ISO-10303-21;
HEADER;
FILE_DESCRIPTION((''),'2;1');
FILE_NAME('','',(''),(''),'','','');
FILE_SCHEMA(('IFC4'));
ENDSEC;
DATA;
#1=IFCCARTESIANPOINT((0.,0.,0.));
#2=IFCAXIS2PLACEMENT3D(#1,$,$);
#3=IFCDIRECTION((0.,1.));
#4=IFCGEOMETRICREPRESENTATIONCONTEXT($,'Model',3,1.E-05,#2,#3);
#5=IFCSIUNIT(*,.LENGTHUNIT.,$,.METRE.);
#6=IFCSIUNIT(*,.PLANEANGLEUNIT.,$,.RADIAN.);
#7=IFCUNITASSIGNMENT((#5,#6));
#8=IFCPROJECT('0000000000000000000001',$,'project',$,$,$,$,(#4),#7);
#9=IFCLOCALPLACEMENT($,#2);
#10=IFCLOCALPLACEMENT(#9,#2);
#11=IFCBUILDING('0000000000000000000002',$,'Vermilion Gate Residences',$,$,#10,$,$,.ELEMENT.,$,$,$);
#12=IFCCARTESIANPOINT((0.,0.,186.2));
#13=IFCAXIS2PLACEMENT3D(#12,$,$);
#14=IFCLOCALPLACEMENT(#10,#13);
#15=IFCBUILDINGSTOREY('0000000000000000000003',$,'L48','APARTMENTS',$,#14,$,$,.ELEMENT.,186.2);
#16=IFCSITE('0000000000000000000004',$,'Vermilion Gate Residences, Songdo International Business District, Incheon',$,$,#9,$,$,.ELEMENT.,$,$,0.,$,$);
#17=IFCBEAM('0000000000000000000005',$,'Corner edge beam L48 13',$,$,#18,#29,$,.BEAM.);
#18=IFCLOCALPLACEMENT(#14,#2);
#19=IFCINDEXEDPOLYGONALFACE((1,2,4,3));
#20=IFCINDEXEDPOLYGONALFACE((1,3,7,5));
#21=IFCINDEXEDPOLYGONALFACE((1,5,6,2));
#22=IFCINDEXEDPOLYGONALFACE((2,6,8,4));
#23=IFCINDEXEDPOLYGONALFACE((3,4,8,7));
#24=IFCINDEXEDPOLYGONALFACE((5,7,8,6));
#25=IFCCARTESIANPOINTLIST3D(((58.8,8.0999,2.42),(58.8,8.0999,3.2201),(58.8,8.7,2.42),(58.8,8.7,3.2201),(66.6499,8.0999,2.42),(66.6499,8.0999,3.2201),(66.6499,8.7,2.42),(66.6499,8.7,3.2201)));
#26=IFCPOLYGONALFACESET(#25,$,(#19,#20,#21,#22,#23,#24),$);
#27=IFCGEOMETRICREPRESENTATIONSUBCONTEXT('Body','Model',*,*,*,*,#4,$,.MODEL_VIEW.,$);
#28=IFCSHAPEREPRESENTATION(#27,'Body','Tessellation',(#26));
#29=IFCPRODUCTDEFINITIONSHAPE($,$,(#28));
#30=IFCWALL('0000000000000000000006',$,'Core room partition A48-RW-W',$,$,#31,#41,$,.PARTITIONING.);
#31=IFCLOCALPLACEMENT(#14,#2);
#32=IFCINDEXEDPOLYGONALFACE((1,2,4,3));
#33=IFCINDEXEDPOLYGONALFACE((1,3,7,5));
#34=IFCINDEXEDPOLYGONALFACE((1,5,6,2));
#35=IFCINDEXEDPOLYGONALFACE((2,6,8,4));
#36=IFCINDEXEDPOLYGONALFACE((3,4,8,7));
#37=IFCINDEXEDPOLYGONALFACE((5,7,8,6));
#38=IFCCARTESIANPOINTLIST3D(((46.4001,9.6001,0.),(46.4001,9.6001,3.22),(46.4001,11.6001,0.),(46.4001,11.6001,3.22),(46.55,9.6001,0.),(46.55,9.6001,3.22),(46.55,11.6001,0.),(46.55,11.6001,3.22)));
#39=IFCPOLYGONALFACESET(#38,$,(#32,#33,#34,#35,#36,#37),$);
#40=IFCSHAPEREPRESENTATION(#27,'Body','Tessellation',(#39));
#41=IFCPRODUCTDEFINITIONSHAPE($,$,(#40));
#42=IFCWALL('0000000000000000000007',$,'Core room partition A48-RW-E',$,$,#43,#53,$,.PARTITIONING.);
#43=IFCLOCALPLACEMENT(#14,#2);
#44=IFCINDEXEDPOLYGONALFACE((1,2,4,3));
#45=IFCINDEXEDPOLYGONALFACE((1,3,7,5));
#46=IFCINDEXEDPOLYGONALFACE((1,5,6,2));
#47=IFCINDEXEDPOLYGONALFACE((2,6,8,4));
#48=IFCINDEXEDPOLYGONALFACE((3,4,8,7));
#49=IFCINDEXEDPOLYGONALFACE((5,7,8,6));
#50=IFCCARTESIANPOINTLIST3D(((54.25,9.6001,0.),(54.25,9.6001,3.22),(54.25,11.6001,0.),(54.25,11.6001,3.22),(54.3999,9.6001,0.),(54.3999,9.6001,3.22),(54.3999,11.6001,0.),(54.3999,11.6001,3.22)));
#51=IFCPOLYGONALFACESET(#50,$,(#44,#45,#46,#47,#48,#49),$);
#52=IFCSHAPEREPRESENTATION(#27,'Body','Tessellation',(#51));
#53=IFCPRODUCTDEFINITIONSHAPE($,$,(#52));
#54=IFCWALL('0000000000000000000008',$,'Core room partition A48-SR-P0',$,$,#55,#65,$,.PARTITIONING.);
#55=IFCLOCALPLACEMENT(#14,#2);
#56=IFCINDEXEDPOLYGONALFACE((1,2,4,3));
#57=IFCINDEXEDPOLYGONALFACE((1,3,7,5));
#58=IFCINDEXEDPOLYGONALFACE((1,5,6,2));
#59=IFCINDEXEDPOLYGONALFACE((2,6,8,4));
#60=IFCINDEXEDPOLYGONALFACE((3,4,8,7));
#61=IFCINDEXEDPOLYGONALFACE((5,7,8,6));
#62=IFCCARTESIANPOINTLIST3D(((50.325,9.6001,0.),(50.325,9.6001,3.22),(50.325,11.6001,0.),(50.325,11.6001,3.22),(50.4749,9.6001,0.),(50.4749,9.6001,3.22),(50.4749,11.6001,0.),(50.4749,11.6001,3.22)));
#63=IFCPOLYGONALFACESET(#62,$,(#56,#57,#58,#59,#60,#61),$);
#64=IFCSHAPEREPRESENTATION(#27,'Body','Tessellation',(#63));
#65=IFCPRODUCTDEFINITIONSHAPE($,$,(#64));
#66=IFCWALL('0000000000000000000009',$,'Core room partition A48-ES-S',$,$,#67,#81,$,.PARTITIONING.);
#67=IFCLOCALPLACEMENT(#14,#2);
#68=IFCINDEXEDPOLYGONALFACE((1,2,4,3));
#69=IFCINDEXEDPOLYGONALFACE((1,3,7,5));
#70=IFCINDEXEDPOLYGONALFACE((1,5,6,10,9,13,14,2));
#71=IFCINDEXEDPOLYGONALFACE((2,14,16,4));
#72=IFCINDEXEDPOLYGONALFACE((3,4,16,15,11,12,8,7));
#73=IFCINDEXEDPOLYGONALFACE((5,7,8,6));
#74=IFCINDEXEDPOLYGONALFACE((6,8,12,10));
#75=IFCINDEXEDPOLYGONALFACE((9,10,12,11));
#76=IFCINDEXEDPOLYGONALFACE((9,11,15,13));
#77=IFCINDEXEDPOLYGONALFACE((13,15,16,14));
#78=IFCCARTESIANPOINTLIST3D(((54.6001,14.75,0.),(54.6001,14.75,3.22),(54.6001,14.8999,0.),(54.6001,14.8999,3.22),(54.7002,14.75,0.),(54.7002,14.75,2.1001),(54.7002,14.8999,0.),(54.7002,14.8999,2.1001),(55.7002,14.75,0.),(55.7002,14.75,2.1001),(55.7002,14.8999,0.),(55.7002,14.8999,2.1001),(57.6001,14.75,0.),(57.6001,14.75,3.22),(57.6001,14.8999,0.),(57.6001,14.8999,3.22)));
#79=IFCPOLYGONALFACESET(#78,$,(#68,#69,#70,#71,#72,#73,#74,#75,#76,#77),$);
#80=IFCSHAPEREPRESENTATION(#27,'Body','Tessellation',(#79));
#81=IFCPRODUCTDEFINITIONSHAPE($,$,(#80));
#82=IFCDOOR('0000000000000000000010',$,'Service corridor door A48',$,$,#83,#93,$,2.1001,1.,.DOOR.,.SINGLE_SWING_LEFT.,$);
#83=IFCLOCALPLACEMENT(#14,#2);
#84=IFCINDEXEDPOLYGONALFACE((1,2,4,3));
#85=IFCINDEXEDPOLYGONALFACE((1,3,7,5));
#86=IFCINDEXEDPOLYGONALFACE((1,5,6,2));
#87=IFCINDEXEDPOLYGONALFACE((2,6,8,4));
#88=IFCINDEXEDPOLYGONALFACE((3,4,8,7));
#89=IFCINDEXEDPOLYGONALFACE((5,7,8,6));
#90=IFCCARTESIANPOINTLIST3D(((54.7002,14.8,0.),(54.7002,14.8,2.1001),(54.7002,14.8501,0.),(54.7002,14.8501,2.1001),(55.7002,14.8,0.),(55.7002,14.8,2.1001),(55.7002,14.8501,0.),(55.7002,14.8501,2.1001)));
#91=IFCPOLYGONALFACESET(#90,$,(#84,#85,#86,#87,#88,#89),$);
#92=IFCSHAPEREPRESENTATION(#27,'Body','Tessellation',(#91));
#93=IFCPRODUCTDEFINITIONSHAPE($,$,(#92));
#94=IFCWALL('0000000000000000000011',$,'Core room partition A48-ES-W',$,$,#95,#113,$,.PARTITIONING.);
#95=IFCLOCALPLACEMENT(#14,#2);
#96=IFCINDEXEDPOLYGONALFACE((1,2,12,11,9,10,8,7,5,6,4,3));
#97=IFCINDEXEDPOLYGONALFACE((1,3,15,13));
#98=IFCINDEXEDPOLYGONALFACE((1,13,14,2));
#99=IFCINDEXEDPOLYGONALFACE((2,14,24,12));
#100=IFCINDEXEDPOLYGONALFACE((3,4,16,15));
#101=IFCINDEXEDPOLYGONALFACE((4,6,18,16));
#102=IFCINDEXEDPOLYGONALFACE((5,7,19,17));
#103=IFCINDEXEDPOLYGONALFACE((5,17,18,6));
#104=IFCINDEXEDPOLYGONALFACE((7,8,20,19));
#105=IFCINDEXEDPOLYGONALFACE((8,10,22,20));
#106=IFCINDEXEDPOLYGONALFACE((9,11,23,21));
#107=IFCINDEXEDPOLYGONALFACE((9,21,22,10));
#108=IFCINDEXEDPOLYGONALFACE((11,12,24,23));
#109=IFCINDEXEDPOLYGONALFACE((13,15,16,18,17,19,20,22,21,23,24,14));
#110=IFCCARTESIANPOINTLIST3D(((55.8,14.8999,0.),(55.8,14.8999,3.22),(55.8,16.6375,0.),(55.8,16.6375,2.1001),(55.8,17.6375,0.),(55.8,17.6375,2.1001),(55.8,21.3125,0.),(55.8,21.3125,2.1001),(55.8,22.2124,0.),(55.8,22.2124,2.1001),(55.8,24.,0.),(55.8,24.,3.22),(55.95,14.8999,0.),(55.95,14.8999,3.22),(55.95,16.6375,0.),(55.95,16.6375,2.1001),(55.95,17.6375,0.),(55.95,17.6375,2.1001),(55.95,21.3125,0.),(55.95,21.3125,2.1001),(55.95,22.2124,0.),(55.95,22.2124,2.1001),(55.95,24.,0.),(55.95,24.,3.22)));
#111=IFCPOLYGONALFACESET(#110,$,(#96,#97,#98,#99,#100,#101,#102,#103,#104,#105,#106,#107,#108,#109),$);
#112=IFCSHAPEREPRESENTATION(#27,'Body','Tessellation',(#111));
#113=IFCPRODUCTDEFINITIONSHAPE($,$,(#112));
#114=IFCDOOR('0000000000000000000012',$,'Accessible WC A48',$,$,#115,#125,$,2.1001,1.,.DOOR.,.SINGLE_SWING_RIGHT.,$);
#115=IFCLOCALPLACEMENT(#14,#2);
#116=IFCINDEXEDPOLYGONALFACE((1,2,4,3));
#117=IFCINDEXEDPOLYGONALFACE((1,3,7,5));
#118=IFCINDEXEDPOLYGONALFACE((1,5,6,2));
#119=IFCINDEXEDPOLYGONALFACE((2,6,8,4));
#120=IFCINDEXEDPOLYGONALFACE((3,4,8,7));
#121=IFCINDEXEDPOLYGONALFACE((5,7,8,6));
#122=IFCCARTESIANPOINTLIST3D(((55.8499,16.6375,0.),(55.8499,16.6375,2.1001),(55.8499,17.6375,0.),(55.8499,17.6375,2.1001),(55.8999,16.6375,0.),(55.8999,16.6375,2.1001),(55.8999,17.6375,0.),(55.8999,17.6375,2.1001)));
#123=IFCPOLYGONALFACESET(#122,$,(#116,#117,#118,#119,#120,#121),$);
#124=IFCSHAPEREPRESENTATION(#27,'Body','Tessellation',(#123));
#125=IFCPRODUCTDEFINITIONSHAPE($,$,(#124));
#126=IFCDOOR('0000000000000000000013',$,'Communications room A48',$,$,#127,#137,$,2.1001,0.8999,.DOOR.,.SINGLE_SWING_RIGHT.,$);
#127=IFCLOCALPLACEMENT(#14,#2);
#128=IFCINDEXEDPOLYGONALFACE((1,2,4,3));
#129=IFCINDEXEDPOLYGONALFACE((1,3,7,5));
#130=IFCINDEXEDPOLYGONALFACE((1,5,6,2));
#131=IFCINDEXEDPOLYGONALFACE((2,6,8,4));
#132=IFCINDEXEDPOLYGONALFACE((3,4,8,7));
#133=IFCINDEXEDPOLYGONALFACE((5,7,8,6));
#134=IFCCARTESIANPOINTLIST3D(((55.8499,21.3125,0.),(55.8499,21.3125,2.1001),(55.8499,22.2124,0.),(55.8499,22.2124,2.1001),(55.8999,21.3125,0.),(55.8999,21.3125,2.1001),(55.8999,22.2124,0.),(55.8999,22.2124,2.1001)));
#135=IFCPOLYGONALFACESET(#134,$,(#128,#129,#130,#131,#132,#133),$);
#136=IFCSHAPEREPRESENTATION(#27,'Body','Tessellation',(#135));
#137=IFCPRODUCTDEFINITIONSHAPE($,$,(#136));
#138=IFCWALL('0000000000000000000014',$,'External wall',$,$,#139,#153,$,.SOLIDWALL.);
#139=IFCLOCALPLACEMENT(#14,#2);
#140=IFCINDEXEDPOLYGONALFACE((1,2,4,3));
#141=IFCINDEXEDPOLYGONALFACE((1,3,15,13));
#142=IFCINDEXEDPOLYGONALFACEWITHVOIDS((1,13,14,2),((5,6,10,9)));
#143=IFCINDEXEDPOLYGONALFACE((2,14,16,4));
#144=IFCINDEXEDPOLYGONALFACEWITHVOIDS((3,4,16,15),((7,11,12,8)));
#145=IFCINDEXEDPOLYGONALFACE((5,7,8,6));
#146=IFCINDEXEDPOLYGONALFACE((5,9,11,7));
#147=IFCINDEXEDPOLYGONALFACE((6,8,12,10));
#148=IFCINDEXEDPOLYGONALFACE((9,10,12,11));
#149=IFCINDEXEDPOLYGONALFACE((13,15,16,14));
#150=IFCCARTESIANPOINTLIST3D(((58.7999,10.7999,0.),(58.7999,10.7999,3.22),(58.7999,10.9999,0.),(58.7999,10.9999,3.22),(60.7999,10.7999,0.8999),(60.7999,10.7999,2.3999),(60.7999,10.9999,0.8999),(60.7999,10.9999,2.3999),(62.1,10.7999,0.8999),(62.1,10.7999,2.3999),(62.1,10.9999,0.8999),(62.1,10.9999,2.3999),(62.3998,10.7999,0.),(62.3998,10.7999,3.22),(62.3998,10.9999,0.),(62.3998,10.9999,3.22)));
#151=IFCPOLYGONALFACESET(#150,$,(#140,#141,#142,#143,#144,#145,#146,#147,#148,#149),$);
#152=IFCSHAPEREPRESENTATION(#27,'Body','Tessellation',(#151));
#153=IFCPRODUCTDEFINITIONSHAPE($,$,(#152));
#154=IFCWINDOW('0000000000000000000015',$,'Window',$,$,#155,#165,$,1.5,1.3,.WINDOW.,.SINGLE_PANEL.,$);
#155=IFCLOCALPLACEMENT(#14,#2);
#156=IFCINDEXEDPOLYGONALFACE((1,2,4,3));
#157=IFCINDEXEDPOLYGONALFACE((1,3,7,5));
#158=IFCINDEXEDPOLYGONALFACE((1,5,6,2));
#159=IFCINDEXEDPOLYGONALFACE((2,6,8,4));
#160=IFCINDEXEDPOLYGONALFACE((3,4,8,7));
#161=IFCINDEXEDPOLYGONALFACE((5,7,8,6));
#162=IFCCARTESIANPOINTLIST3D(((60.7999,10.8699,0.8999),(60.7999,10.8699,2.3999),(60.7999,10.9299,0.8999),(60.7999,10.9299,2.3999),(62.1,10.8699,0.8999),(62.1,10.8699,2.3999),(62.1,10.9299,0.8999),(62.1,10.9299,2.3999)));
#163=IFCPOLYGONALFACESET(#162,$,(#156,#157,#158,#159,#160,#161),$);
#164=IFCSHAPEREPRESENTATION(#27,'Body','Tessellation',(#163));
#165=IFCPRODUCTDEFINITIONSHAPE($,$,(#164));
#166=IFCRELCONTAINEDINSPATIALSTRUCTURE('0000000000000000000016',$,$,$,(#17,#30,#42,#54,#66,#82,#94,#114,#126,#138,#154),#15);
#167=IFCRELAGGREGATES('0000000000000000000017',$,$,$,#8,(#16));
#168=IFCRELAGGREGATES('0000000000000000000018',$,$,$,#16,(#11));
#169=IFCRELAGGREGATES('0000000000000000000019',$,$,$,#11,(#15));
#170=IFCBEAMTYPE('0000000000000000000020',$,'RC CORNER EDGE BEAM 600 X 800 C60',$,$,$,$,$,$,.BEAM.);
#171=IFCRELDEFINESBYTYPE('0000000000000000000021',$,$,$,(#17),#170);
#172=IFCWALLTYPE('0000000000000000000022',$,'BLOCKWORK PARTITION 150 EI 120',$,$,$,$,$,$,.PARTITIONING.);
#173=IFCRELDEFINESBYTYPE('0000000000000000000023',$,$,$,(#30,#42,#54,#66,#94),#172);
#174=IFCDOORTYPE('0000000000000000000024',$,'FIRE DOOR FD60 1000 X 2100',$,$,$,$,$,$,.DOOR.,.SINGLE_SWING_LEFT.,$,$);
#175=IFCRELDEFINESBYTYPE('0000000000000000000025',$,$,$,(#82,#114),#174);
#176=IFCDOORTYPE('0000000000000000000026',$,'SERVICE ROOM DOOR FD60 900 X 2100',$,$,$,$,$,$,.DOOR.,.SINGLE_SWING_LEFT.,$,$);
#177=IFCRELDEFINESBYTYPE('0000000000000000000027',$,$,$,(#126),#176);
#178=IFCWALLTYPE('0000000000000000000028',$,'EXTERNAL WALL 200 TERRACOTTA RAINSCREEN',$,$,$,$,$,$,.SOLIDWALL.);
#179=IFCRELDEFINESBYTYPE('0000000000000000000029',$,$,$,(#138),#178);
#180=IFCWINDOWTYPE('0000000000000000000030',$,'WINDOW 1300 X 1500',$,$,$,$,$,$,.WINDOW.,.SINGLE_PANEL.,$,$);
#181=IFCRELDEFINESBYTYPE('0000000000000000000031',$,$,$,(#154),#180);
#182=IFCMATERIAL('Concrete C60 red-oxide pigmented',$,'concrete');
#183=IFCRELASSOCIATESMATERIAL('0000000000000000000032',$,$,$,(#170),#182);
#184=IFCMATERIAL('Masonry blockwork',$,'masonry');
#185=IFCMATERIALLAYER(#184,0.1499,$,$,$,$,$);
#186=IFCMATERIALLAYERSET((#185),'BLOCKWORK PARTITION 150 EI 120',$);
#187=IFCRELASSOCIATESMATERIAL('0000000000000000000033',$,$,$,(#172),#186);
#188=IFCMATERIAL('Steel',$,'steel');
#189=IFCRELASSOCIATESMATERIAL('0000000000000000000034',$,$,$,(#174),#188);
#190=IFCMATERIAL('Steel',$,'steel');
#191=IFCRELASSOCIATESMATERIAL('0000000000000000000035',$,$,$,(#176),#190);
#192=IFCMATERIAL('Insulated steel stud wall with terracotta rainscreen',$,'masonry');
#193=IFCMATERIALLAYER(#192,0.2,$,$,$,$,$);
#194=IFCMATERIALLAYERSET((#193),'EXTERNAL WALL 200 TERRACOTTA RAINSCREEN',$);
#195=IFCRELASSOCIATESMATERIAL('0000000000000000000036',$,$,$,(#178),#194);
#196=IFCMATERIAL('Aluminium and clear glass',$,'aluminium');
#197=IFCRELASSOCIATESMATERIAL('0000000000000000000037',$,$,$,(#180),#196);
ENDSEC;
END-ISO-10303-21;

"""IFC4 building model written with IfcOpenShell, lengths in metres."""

from ifc_helpers import new_model, si_unit, direction, frame, frame_2d, origin, origin_2d, place, context, subcontext, project, spatial, rectangle, extrude, material, layer, layer_set, material_profile, profile_set, type_object, element, fill, save


model = new_model("IFC4")

# Units and contexts
model_context = context("Model", 3, precision=1e-05, world=origin(), true_north=direction((0.0, 1.0)))
body_context = subcontext(model_context, "Body", "Model", "MODEL_VIEW")
ifc_project = project(units=[si_unit("LENGTHUNIT", "METRE"), si_unit("PLANEANGLEUNIT", "RADIAN")], contexts=[model_context])

# Site, building, storey
site_placement = place(None, origin())
site = spatial("IfcSite", under=ifc_project, at=site_placement, Name="Vermilion Gate Residences, Songdo International Business District, Incheon", CompositionType="ELEMENT", RefElevation=0.0)
building_placement = place(site_placement, origin())
building = spatial("IfcBuilding", under=site, at=building_placement, Name="Vermilion Gate Residences", CompositionType="ELEMENT")
storey_placement = place(building_placement, frame((0.0, 0.0, 186.2)))
storey = spatial("IfcBuildingStorey", under=building, at=storey_placement, Name="L48", Description="APARTMENTS", CompositionType="ELEMENT", Elevation=186.2)

# Beam
ifc_material_1 = material(Name="Concrete C60 red-oxide pigmented", Category="concrete")
ifc_material_profile = material_profile(ifc_material_1, rectangle(XDim=0.6001, YDim=0.8, at=origin_2d()), Name="RC-600x800")
ifc_profile_set = profile_set([ifc_material_profile], Name="Concrete C60 red-oxide pigmented")
beam_type = type_object("IfcBeamType", Name="RC CORNER EDGE BEAM 600 X 800 C60", PredefinedType="BEAM", material=ifc_profile_set)
beam_placement = place(storey_placement, frame((58.8, 8.3999, 2.8201), z_axis=(1.0, 0.0, 0.0), x_axis=(0.0, 1.0, 0.0)))
element("IfcBeam", 1, at=beam_placement, inside=storey, type_object=beam_type, Name="Corner edge beam L48 13", PredefinedType="BEAM", context=body_context, shape_type="SweptSolid", body=[
    extrude(rectangle(XDim=0.6001, YDim=0.8, at=origin_2d()), origin(), (0.0, 0.0, 1.0), 7.8499),
])

# Walls
ifc_material_2 = material(Name="Masonry blockwork", Category="masonry")
ifc_layer_1 = layer(ifc_material_2, 0.1499)
ifc_layer_set_1 = layer_set([ifc_layer_1], Name="BLOCKWORK PARTITION 150 EI 120")
wall_type_1 = type_object("IfcWallType", Name="BLOCKWORK PARTITION 150 EI 120", PredefinedType="PARTITIONING", material=ifc_layer_set_1)
for number, where, z_axis, x_axis, name in (
    (2, (46.4751, 9.6001, 0.0), (0.0, 0.0, 1.0), (0.0, 1.0, 0.0), "Core room partition A48-RW-W"),
    (3, (54.325, 9.6001, 0.0), (0.0, 0.0, 1.0), (0.0, 1.0, 0.0), "Core room partition A48-RW-E"),
    (4, (50.3999, 9.6001, 0.0), (0.0, 0.0, 1.0), (0.0, 1.0, 0.0), "Core room partition A48-SR-P0"),
):
    element("IfcWall", number, at=place(storey_placement, frame(where, z_axis=z_axis, x_axis=x_axis)), inside=storey, type_object=wall_type_1, Name=name, PredefinedType="PARTITIONING", context=body_context, shape_type="SweptSolid", body=[
        extrude(rectangle(XDim=2.0, YDim=0.1499, at=frame_2d((1.0, 0.0))), origin(), (0.0, 0.0, 1.0), 3.22),
    ])

# Wall, opening, door
wall_1_placement = place(storey_placement, frame((54.6001, 14.825, 0.0), z_axis=(0.0, 0.0, 1.0), x_axis=(1.0, 0.0, 0.0)))
wall_1 = element("IfcWall", 5, at=wall_1_placement, inside=storey, type_object=wall_type_1, Name="Core room partition A48-ES-S", PredefinedType="PARTITIONING", context=body_context, shape_type="SweptSolid", body=[
    extrude(rectangle(XDim=3.0, YDim=0.1499, at=frame_2d((1.5, 0.0))), origin(), (0.0, 0.0, 1.0), 3.22),
])
opening_1_placement = place(wall_1_placement, frame((0.1001, 0.0, 0.0)))
opening_1 = element("IfcOpeningElement", 6, at=opening_1_placement, cuts=wall_1, PredefinedType="OPENING", context=body_context, shape_type="SweptSolid", body=[
    extrude(rectangle(XDim=1.0, YDim=2.1001, at=frame_2d((0.5, 1.05))), frame((0.0, 0.085, 0.0), z_axis=(0.0, -1.0, 0.0), x_axis=(1.0, 0.0, 0.0)), (0.0, 0.0, 1.0), 0.1699),
])
ifc_material_3 = material(Name="Steel", Category="steel")
door_type_1 = type_object("IfcDoorType", Name="FIRE DOOR FD60 1000 X 2100", OperationType="SINGLE_SWING_LEFT", PredefinedType="DOOR", material=ifc_material_3)
door_1_placement = place(opening_1_placement, frame((1.0, 0.0, 0.0), z_axis=(0.0, 0.0, 1.0), x_axis=(-1.0, 0.0, 0.0)))
door_1 = element("IfcDoor", 7, at=door_1_placement, inside=storey, type_object=door_type_1, Name="Service corridor door A48", OperationType="SINGLE_SWING_LEFT", OverallHeight=2.1001, OverallWidth=1.0, PredefinedType="DOOR", context=body_context, shape_type="SweptSolid", body=[
    extrude(rectangle(XDim=1.0, YDim=2.1001, at=frame_2d((0.5, 1.05))), frame((0.0, 0.0249, 0.0), z_axis=(0.0, -1.0, 0.0), x_axis=(1.0, 0.0, 0.0)), (0.0, 0.0, 1.0), 0.05),
])
fill(opening_1, door_1)

# Wall, openings, doors
wall_2_placement = place(storey_placement, frame((55.875, 14.8999, 0.0), z_axis=(0.0, 0.0, 1.0), x_axis=(0.0, 1.0, 0.0)))
wall_2 = element("IfcWall", 8, at=wall_2_placement, inside=storey, type_object=wall_type_1, Name="Core room partition A48-ES-W", PredefinedType="PARTITIONING", context=body_context, shape_type="SweptSolid", body=[
    extrude(rectangle(XDim=9.1001, YDim=0.1499, at=frame_2d((4.55, 0.0))), origin(), (0.0, 0.0, 1.0), 3.22),
])
opening_2_placement = place(wall_2_placement, frame((1.7375, 0.0, 0.0)))
opening_2 = element("IfcOpeningElement", 9, at=opening_2_placement, cuts=wall_2, PredefinedType="OPENING", context=body_context, shape_type="SweptSolid", body=[
    extrude(rectangle(XDim=1.0, YDim=2.1001, at=frame_2d((0.5, 1.05))), frame((0.0, 0.085, 0.0), z_axis=(0.0, -1.0, 0.0), x_axis=(1.0, 0.0, 0.0)), (0.0, 0.0, 1.0), 0.1699),
])
opening_3_placement = place(wall_2_placement, frame((6.4126, 0.0, 0.0)))
opening_3 = element("IfcOpeningElement", 10, at=opening_3_placement, cuts=wall_2, PredefinedType="OPENING", context=body_context, shape_type="SweptSolid", body=[
    extrude(rectangle(XDim=0.8999, YDim=2.1001, at=frame_2d((0.45, 1.05))), frame((0.0, 0.085, 0.0), z_axis=(0.0, -1.0, 0.0), x_axis=(1.0, 0.0, 0.0)), (0.0, 0.0, 1.0), 0.1699),
])
door_2_placement = place(opening_2_placement, frame((1.0, 0.0, 0.0), z_axis=(0.0, 0.0, 1.0), x_axis=(-1.0, 0.0, 0.0)))
door_2 = element("IfcDoor", 11, at=door_2_placement, inside=storey, type_object=door_type_1, Name="Accessible WC A48", OperationType="SINGLE_SWING_RIGHT", OverallHeight=2.1001, OverallWidth=1.0, PredefinedType="DOOR", context=body_context, shape_type="SweptSolid", body=[
    extrude(rectangle(XDim=1.0, YDim=2.1001, at=frame_2d((0.5, 1.05))), frame((0.0, 0.0249, 0.0), z_axis=(0.0, -1.0, 0.0), x_axis=(1.0, 0.0, 0.0)), (0.0, 0.0, 1.0), 0.05),
])
fill(opening_2, door_2)
ifc_material_4 = material(Name="Steel", Category="steel")
door_type_2 = type_object("IfcDoorType", Name="SERVICE ROOM DOOR FD60 900 X 2100", OperationType="SINGLE_SWING_LEFT", PredefinedType="DOOR", material=ifc_material_4)
door_3_placement = place(opening_3_placement, frame((0.8999, 0.0, 0.0), z_axis=(0.0, 0.0, 1.0), x_axis=(-1.0, 0.0, 0.0)))
door_3 = element("IfcDoor", 12, at=door_3_placement, inside=storey, type_object=door_type_2, Name="Communications room A48", OperationType="SINGLE_SWING_RIGHT", OverallHeight=2.1001, OverallWidth=0.8999, PredefinedType="DOOR", context=body_context, shape_type="SweptSolid", body=[
    extrude(rectangle(XDim=0.8999, YDim=2.1001, at=frame_2d((0.45, 1.05))), frame((0.0, 0.0249, 0.0), z_axis=(0.0, -1.0, 0.0), x_axis=(1.0, 0.0, 0.0)), (0.0, 0.0, 1.0), 0.05),
])
fill(opening_3, door_3)

# Wall, opening, window
ifc_material_5 = material(Name="Insulated steel stud wall with terracotta rainscreen", Category="masonry")
ifc_layer_2 = layer(ifc_material_5, 0.2)
ifc_layer_set_2 = layer_set([ifc_layer_2], Name="EXTERNAL WALL 200 TERRACOTTA RAINSCREEN")
wall_type_2 = type_object("IfcWallType", Name="EXTERNAL WALL 200 TERRACOTTA RAINSCREEN", PredefinedType="SOLIDWALL", material=ifc_layer_set_2)
wall_3_placement = place(storey_placement, frame((58.8, 10.8999, 0.0), z_axis=(0.0, 0.0, 1.0), x_axis=(1.0, 0.0, 0.0)))
wall_3 = element("IfcWall", 13, at=wall_3_placement, inside=storey, type_object=wall_type_2, Name="External wall", PredefinedType="SOLIDWALL", context=body_context, shape_type="SweptSolid", body=[
    extrude(rectangle(XDim=3.5999, YDim=0.2, at=frame_2d((1.7998, 0.0))), origin(), (0.0, 0.0, 1.0), 3.22),
])
opening_4_placement = place(wall_3_placement, frame((2.0, 0.0, 0.8999)))
opening_4 = element("IfcOpeningElement", 14, at=opening_4_placement, cuts=wall_3, PredefinedType="OPENING", context=body_context, shape_type="SweptSolid", body=[
    extrude(rectangle(XDim=1.3, YDim=1.5, at=frame_2d((0.6499, 0.75))), frame((0.0, 0.1099, 0.0), z_axis=(0.0, -1.0, 0.0), x_axis=(1.0, 0.0, 0.0)), (0.0, 0.0, 1.0), 0.22),
])
ifc_material_6 = material(Name="Aluminium and clear glass", Category="aluminium")
window_type = type_object("IfcWindowType", Name="WINDOW 1300 X 1500", PartitioningType="SINGLE_PANEL", PredefinedType="WINDOW", material=ifc_material_6)
window_placement = place(opening_4_placement, origin())
window = element("IfcWindow", 15, at=window_placement, inside=storey, type_object=window_type, Name="Window", OverallHeight=1.5, OverallWidth=1.3, PartitioningType="SINGLE_PANEL", PredefinedType="WINDOW", context=body_context, shape_type="SweptSolid", body=[
    extrude(rectangle(XDim=1.3, YDim=1.5, at=frame_2d((0.6499, 0.75))), frame((0.0, 0.03, 0.0), z_axis=(0.0, -1.0, 0.0), x_axis=(1.0, 0.0, 0.0)), (0.0, 0.0, 1.0), 0.0601),
])
fill(opening_4, window)

save(model, "model.ifc")
